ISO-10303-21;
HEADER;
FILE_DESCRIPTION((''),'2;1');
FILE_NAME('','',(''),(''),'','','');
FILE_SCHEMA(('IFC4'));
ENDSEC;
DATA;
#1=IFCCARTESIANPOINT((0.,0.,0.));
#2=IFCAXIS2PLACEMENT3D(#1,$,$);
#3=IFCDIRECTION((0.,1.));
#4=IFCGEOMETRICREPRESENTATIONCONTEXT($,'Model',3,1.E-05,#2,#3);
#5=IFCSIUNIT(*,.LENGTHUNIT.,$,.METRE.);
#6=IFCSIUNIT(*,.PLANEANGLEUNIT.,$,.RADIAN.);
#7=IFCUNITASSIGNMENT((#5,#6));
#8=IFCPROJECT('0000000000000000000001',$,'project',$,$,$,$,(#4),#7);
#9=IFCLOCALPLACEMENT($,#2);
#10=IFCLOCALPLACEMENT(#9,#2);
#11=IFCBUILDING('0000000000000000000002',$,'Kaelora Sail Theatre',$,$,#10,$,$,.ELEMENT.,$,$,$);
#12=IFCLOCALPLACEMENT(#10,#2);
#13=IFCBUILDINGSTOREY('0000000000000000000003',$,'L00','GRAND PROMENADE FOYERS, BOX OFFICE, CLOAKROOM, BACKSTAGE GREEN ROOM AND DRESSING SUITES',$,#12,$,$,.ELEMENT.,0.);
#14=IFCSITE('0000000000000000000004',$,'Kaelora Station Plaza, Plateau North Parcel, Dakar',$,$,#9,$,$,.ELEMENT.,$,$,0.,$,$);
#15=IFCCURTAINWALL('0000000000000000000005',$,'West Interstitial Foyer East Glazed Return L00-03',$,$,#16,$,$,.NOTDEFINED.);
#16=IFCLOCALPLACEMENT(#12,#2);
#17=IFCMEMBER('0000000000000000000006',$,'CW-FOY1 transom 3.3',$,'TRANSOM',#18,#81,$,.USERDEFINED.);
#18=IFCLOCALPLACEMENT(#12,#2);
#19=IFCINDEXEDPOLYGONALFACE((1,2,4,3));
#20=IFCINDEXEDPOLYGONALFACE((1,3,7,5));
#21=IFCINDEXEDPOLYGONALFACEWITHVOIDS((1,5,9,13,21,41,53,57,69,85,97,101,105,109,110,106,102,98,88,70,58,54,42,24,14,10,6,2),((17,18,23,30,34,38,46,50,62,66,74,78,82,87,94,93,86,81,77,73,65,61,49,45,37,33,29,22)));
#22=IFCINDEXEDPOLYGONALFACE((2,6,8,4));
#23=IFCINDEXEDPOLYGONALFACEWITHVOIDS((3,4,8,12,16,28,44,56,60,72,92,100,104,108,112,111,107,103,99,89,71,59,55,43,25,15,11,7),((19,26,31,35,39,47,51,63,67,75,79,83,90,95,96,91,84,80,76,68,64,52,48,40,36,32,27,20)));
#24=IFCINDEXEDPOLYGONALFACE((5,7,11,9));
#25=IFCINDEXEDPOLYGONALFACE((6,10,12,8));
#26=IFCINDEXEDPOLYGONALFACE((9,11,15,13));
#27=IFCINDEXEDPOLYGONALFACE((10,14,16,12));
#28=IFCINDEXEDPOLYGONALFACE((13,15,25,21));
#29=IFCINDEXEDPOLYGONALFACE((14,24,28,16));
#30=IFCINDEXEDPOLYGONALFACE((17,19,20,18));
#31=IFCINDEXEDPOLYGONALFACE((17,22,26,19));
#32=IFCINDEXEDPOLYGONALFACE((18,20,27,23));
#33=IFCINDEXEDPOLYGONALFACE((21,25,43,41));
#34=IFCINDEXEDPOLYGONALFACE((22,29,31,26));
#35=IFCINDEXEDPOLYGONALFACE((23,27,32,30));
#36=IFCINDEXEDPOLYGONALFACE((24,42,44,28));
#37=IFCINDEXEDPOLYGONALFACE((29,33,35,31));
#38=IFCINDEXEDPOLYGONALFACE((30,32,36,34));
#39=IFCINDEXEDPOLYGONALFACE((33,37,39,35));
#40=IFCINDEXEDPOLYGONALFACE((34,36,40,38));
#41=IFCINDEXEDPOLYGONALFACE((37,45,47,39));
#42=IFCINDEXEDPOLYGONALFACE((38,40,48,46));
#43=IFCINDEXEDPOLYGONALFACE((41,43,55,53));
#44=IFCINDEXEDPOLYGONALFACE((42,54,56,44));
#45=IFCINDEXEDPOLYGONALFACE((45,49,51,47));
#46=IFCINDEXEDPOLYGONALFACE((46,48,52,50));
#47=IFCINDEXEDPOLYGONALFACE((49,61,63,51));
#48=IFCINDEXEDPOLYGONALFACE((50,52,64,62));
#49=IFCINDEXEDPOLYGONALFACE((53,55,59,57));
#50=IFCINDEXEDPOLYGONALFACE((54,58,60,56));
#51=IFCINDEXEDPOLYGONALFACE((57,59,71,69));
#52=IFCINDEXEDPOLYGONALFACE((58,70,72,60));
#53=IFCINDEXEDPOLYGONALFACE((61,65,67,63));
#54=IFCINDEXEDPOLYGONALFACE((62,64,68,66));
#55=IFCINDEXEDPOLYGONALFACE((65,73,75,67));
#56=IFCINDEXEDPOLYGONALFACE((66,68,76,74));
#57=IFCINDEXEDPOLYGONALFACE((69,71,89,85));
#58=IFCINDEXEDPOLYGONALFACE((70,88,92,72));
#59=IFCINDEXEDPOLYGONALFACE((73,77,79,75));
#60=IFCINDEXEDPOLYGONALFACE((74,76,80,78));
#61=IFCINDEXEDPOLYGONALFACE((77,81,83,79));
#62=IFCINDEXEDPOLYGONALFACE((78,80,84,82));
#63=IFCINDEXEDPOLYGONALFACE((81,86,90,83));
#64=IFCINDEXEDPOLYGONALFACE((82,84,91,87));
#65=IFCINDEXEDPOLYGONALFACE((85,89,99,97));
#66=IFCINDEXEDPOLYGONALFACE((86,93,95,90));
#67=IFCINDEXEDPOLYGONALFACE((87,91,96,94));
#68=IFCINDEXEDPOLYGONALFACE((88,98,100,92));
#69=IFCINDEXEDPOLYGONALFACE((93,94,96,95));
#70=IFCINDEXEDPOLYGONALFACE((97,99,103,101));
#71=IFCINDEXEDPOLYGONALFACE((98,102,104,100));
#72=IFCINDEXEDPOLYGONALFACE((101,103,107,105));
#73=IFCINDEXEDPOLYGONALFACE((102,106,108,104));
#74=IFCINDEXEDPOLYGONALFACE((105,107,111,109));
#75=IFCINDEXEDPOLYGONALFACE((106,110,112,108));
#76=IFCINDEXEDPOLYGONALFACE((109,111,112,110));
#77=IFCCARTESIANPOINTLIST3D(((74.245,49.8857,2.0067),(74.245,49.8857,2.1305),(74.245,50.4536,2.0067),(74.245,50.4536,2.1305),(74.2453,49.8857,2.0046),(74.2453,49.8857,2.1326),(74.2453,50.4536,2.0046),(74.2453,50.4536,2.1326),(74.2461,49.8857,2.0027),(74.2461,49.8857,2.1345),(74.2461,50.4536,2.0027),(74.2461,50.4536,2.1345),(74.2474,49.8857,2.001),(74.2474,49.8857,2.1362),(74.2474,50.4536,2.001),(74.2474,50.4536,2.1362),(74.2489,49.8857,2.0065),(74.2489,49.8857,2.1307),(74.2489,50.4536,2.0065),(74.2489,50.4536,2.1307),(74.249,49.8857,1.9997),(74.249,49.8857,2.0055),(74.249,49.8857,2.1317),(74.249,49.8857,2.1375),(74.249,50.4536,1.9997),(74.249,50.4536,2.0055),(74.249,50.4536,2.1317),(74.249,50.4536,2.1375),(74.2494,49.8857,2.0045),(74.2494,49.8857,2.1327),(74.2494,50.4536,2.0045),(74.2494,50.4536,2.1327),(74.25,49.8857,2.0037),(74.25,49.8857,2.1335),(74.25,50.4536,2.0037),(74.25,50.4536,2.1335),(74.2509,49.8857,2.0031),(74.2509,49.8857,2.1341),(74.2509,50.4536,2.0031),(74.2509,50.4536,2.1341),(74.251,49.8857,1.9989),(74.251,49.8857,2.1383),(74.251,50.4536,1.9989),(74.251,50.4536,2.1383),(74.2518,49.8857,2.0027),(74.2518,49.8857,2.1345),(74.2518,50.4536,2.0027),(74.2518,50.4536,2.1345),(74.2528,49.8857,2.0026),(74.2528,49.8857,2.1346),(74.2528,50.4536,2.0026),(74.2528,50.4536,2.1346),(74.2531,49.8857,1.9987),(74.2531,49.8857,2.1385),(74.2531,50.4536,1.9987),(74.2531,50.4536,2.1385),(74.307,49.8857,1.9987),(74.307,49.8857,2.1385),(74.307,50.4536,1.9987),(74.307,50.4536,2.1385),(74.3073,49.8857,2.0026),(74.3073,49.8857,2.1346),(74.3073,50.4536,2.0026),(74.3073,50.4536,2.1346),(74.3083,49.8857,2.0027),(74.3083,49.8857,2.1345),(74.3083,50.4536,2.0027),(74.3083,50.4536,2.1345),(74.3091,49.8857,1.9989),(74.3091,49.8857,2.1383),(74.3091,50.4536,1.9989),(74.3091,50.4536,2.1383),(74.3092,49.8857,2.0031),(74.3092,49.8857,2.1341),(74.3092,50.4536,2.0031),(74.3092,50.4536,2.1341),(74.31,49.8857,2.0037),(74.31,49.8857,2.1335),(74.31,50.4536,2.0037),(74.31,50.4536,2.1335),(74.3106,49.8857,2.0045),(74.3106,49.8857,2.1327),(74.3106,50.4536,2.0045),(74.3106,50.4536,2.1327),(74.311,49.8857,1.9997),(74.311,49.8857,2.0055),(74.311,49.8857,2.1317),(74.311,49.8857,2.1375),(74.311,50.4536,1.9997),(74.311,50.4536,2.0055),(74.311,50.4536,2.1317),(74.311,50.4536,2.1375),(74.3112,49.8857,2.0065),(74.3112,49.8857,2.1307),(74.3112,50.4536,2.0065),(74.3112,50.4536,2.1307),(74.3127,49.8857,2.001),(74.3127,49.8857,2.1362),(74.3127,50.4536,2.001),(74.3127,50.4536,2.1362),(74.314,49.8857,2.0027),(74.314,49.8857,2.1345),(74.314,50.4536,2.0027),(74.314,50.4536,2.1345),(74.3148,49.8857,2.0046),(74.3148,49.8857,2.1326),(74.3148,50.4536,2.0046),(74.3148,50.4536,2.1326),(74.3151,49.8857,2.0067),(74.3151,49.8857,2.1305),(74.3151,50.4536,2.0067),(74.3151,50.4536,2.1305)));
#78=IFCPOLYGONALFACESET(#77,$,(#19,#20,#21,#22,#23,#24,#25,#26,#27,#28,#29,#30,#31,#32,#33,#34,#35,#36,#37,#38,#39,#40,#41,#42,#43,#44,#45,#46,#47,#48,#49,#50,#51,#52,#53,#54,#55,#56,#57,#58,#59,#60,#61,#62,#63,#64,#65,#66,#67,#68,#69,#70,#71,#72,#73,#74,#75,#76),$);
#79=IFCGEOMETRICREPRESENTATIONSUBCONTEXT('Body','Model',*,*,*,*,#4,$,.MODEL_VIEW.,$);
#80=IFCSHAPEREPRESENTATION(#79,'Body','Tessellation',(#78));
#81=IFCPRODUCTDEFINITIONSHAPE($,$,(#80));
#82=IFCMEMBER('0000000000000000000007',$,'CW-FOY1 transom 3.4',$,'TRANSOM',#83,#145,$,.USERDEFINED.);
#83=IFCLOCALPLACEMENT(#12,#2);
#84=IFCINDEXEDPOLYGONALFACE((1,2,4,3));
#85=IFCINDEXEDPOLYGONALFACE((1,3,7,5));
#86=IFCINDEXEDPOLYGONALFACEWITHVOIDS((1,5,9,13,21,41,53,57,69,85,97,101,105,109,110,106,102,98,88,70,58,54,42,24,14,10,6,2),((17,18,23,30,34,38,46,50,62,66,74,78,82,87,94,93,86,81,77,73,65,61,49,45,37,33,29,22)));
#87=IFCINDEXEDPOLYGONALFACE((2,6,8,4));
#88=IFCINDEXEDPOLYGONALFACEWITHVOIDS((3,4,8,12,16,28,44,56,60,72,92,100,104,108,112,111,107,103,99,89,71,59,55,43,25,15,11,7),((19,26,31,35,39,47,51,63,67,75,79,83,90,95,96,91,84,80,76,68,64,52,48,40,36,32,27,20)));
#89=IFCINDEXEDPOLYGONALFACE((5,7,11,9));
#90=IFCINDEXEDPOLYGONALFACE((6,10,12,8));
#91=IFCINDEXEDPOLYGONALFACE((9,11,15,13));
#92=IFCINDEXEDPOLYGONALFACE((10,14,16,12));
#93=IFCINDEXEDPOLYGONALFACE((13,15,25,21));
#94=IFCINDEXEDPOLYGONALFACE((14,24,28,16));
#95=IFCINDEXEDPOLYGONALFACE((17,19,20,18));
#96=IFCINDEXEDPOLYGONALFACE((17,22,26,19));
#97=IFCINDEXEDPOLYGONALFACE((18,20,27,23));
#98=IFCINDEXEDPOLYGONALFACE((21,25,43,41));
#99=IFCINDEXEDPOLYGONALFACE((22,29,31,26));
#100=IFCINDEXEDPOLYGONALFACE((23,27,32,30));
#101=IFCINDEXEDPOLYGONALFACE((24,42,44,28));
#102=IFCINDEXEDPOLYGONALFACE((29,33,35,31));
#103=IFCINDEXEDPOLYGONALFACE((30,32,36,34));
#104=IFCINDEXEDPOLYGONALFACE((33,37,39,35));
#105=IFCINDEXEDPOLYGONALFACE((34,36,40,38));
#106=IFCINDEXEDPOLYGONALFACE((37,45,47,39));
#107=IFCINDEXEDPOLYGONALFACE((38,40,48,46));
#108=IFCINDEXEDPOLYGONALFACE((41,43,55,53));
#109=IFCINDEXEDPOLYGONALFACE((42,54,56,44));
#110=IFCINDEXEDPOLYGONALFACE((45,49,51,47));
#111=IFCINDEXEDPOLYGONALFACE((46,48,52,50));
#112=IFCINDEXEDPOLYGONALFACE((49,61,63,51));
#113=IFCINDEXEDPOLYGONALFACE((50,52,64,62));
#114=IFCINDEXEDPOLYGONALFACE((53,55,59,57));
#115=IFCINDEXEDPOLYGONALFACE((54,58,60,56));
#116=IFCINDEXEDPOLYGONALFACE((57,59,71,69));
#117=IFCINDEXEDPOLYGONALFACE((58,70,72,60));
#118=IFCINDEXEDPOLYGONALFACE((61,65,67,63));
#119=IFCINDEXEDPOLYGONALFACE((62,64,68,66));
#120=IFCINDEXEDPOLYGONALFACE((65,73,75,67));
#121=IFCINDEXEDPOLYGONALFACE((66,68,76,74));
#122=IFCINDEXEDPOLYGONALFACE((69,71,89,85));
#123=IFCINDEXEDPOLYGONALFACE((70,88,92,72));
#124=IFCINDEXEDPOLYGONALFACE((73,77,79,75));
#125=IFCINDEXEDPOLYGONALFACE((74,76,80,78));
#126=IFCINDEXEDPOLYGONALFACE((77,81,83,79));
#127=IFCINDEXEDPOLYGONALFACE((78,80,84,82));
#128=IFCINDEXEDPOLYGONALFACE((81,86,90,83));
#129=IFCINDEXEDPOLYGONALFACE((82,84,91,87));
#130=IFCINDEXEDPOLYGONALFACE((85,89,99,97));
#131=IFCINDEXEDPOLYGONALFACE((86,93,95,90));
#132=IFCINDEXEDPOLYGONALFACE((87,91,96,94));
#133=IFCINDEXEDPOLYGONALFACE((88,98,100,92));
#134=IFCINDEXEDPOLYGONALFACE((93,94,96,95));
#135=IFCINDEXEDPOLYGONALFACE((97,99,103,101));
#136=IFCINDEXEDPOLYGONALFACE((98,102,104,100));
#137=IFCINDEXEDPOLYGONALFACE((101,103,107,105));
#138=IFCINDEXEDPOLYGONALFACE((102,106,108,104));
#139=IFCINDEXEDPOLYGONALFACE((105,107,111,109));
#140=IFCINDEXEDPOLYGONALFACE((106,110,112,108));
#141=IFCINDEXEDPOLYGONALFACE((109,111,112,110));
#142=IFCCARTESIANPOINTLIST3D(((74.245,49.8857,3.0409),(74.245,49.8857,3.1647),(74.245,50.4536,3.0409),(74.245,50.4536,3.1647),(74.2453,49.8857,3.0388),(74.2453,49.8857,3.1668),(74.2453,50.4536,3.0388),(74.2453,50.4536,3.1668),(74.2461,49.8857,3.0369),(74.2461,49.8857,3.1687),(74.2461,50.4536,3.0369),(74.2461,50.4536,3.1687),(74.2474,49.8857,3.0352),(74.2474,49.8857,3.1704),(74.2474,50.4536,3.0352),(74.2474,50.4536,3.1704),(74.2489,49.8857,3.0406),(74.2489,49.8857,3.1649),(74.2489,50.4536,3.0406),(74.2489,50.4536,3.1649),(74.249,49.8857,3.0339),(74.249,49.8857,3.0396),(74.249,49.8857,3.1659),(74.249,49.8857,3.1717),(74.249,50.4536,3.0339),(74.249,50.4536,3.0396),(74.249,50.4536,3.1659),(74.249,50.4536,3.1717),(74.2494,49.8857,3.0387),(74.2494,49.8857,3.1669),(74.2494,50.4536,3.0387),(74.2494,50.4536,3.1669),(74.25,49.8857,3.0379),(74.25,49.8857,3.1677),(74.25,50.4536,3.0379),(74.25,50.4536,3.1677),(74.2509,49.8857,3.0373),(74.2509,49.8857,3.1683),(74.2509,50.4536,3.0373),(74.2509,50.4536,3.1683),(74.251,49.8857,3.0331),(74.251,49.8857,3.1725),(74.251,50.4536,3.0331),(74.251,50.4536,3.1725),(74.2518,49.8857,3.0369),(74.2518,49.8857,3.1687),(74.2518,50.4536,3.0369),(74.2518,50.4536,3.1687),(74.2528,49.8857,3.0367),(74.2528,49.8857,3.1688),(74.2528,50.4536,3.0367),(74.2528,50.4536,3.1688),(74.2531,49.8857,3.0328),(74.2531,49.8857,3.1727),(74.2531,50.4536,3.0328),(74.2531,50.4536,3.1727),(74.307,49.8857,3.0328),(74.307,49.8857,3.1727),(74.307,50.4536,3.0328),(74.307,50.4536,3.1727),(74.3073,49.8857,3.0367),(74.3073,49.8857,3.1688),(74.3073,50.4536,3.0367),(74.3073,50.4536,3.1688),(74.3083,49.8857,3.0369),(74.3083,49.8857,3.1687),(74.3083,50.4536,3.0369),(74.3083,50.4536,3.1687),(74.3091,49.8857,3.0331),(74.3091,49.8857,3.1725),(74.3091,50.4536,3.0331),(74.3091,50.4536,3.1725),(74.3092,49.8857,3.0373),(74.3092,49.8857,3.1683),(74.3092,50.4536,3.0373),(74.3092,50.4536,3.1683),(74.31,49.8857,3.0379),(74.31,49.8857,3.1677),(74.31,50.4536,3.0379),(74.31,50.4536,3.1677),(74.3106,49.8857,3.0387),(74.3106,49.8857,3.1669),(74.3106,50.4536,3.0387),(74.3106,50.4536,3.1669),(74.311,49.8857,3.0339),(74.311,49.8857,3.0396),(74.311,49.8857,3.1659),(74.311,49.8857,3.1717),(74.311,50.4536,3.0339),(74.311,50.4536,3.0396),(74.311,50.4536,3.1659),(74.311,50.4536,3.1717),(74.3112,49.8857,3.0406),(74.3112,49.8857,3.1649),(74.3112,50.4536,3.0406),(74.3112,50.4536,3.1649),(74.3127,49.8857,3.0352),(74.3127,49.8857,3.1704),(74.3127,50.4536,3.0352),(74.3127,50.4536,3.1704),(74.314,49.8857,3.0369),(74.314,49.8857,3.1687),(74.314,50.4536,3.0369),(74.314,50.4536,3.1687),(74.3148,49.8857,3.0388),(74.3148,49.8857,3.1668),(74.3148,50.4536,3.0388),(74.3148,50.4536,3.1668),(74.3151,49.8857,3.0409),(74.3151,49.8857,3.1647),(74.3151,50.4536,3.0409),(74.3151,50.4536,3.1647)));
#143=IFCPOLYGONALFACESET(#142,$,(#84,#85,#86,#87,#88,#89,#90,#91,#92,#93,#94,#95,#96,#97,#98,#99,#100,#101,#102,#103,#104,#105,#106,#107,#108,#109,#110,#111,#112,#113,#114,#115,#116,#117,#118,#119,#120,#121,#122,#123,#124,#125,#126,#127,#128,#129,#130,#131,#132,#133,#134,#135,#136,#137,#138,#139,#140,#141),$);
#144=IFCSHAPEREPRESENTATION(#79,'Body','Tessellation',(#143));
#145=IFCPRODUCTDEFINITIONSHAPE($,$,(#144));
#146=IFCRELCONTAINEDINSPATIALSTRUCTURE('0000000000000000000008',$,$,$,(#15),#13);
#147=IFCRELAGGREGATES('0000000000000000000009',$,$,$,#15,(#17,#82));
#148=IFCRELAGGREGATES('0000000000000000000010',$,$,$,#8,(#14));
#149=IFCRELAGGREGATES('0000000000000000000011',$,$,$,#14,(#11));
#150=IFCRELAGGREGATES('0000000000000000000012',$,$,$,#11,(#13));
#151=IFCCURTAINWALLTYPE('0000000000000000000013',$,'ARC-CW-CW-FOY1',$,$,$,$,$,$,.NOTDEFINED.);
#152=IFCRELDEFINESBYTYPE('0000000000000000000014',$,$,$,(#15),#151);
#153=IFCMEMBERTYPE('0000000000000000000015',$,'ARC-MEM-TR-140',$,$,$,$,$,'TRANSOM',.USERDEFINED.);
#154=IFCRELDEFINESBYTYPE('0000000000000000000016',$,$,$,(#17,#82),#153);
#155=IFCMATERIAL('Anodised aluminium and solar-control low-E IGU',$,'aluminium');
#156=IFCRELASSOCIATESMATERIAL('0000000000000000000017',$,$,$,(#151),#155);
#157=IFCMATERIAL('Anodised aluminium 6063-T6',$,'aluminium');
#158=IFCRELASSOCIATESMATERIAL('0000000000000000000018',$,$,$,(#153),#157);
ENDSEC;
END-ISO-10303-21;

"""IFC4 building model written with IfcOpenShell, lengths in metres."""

from ifc_helpers import new_model, si_unit, direction, frame, origin, origin_2d, place, context, subcontext, project, spatial, hollow_rectangle, extrude, material, material_profile, profile_set, type_object, element, aggregate, save


model = new_model("IFC4")

# Units and contexts
model_context = context("Model", 3, precision=1e-05, world=origin(), true_north=direction((0.0, 1.0)))
body_context = subcontext(model_context, "Body", "Model", "MODEL_VIEW")
ifc_project = project(units=[si_unit("LENGTHUNIT", "METRE"), si_unit("PLANEANGLEUNIT", "RADIAN")], contexts=[model_context])

# Site, building, storey
site_placement = place(None, origin())
site = spatial("IfcSite", under=ifc_project, at=site_placement, Name="Kaelora Station Plaza, Plateau North Parcel, Dakar", CompositionType="ELEMENT", RefElevation=0.0)
building_placement = place(site_placement, origin())
building = spatial("IfcBuilding", under=site, at=building_placement, Name="Kaelora Sail Theatre", CompositionType="ELEMENT")
storey_placement = place(building_placement, origin())
storey = spatial("IfcBuildingStorey", under=building, at=storey_placement, Name="L00", Description="GRAND PROMENADE FOYERS, BOX OFFICE, CLOAKROOM, BACKSTAGE GREEN ROOM AND DRESSING SUITES", CompositionType="ELEMENT", Elevation=0.0)

# Curtain wall, members
ifc_material_1 = material(Name="Anodised aluminium and solar-control low-E IGU", Category="aluminium")
curtain_wall_type = type_object("IfcCurtainWallType", Name="ARC-CW-CW-FOY1", PredefinedType="NOTDEFINED", material=ifc_material_1)
curtain_wall_placement = place(storey_placement, origin())
curtain_wall = element("IfcCurtainWall", 1, at=curtain_wall_placement, inside=storey, type_object=curtain_wall_type, Name="West Interstitial Foyer East Glazed Return L00-03", PredefinedType="NOTDEFINED")
ifc_material_2 = material(Name="Anodised aluminium 6063-T6", Category="aluminium")
ifc_material_profile_1 = material_profile(ifc_material_2, hollow_rectangle(XDim=0.0701, YDim=0.1399, WallThickness=0.0039, InnerFilletRadius=0.0039, OuterFilletRadius=0.0081, at=origin_2d()), Name="ALU-TRAN 70x140x4")
ifc_profile_set_1 = profile_set([ifc_material_profile_1], Name="Anodised aluminium 6063-T6")
member_type_1 = type_object("IfcMemberType", Name="ARC-MEM-TR-140", ElementType="TRANSOM", PredefinedType="USERDEFINED", material=ifc_profile_set_1)
member_1_placement = place(storey_placement, frame((74.28, 49.8857, 2.0686), z_axis=(0.0, 1.0, 0.0), x_axis=(-1.0, 0.0, 0.0)))
member_1 = element("IfcMember", 2, at=member_1_placement, type_object=member_type_1, Name="CW-FOY1 transom 3.3", ObjectType="TRANSOM", PredefinedType="USERDEFINED", context=body_context, shape_type="SweptSolid", body=[
    extrude(hollow_rectangle(XDim=0.0701, YDim=0.1399, WallThickness=0.0039, InnerFilletRadius=0.0039, OuterFilletRadius=0.0081, at=origin_2d()), origin(), (0.0, 0.0, 1.0), 0.5679),
])
member_2_placement = place(storey_placement, frame((74.28, 49.8857, 3.1028), z_axis=(0.0, 1.0, 0.0), x_axis=(-1.0, 0.0, 0.0)))
member_2 = element("IfcMember", 3, at=member_2_placement, type_object=member_type_1, Name="CW-FOY1 transom 3.4", ObjectType="TRANSOM", PredefinedType="USERDEFINED", context=body_context, shape_type="SweptSolid", body=[
    extrude(hollow_rectangle(XDim=0.0701, YDim=0.1399, WallThickness=0.0039, InnerFilletRadius=0.0039, OuterFilletRadius=0.0081, at=origin_2d()), origin(), (0.0, 0.0, 1.0), 0.5679),
])
aggregate(curtain_wall, [member_1, member_2])

save(model, "model.ifc")
